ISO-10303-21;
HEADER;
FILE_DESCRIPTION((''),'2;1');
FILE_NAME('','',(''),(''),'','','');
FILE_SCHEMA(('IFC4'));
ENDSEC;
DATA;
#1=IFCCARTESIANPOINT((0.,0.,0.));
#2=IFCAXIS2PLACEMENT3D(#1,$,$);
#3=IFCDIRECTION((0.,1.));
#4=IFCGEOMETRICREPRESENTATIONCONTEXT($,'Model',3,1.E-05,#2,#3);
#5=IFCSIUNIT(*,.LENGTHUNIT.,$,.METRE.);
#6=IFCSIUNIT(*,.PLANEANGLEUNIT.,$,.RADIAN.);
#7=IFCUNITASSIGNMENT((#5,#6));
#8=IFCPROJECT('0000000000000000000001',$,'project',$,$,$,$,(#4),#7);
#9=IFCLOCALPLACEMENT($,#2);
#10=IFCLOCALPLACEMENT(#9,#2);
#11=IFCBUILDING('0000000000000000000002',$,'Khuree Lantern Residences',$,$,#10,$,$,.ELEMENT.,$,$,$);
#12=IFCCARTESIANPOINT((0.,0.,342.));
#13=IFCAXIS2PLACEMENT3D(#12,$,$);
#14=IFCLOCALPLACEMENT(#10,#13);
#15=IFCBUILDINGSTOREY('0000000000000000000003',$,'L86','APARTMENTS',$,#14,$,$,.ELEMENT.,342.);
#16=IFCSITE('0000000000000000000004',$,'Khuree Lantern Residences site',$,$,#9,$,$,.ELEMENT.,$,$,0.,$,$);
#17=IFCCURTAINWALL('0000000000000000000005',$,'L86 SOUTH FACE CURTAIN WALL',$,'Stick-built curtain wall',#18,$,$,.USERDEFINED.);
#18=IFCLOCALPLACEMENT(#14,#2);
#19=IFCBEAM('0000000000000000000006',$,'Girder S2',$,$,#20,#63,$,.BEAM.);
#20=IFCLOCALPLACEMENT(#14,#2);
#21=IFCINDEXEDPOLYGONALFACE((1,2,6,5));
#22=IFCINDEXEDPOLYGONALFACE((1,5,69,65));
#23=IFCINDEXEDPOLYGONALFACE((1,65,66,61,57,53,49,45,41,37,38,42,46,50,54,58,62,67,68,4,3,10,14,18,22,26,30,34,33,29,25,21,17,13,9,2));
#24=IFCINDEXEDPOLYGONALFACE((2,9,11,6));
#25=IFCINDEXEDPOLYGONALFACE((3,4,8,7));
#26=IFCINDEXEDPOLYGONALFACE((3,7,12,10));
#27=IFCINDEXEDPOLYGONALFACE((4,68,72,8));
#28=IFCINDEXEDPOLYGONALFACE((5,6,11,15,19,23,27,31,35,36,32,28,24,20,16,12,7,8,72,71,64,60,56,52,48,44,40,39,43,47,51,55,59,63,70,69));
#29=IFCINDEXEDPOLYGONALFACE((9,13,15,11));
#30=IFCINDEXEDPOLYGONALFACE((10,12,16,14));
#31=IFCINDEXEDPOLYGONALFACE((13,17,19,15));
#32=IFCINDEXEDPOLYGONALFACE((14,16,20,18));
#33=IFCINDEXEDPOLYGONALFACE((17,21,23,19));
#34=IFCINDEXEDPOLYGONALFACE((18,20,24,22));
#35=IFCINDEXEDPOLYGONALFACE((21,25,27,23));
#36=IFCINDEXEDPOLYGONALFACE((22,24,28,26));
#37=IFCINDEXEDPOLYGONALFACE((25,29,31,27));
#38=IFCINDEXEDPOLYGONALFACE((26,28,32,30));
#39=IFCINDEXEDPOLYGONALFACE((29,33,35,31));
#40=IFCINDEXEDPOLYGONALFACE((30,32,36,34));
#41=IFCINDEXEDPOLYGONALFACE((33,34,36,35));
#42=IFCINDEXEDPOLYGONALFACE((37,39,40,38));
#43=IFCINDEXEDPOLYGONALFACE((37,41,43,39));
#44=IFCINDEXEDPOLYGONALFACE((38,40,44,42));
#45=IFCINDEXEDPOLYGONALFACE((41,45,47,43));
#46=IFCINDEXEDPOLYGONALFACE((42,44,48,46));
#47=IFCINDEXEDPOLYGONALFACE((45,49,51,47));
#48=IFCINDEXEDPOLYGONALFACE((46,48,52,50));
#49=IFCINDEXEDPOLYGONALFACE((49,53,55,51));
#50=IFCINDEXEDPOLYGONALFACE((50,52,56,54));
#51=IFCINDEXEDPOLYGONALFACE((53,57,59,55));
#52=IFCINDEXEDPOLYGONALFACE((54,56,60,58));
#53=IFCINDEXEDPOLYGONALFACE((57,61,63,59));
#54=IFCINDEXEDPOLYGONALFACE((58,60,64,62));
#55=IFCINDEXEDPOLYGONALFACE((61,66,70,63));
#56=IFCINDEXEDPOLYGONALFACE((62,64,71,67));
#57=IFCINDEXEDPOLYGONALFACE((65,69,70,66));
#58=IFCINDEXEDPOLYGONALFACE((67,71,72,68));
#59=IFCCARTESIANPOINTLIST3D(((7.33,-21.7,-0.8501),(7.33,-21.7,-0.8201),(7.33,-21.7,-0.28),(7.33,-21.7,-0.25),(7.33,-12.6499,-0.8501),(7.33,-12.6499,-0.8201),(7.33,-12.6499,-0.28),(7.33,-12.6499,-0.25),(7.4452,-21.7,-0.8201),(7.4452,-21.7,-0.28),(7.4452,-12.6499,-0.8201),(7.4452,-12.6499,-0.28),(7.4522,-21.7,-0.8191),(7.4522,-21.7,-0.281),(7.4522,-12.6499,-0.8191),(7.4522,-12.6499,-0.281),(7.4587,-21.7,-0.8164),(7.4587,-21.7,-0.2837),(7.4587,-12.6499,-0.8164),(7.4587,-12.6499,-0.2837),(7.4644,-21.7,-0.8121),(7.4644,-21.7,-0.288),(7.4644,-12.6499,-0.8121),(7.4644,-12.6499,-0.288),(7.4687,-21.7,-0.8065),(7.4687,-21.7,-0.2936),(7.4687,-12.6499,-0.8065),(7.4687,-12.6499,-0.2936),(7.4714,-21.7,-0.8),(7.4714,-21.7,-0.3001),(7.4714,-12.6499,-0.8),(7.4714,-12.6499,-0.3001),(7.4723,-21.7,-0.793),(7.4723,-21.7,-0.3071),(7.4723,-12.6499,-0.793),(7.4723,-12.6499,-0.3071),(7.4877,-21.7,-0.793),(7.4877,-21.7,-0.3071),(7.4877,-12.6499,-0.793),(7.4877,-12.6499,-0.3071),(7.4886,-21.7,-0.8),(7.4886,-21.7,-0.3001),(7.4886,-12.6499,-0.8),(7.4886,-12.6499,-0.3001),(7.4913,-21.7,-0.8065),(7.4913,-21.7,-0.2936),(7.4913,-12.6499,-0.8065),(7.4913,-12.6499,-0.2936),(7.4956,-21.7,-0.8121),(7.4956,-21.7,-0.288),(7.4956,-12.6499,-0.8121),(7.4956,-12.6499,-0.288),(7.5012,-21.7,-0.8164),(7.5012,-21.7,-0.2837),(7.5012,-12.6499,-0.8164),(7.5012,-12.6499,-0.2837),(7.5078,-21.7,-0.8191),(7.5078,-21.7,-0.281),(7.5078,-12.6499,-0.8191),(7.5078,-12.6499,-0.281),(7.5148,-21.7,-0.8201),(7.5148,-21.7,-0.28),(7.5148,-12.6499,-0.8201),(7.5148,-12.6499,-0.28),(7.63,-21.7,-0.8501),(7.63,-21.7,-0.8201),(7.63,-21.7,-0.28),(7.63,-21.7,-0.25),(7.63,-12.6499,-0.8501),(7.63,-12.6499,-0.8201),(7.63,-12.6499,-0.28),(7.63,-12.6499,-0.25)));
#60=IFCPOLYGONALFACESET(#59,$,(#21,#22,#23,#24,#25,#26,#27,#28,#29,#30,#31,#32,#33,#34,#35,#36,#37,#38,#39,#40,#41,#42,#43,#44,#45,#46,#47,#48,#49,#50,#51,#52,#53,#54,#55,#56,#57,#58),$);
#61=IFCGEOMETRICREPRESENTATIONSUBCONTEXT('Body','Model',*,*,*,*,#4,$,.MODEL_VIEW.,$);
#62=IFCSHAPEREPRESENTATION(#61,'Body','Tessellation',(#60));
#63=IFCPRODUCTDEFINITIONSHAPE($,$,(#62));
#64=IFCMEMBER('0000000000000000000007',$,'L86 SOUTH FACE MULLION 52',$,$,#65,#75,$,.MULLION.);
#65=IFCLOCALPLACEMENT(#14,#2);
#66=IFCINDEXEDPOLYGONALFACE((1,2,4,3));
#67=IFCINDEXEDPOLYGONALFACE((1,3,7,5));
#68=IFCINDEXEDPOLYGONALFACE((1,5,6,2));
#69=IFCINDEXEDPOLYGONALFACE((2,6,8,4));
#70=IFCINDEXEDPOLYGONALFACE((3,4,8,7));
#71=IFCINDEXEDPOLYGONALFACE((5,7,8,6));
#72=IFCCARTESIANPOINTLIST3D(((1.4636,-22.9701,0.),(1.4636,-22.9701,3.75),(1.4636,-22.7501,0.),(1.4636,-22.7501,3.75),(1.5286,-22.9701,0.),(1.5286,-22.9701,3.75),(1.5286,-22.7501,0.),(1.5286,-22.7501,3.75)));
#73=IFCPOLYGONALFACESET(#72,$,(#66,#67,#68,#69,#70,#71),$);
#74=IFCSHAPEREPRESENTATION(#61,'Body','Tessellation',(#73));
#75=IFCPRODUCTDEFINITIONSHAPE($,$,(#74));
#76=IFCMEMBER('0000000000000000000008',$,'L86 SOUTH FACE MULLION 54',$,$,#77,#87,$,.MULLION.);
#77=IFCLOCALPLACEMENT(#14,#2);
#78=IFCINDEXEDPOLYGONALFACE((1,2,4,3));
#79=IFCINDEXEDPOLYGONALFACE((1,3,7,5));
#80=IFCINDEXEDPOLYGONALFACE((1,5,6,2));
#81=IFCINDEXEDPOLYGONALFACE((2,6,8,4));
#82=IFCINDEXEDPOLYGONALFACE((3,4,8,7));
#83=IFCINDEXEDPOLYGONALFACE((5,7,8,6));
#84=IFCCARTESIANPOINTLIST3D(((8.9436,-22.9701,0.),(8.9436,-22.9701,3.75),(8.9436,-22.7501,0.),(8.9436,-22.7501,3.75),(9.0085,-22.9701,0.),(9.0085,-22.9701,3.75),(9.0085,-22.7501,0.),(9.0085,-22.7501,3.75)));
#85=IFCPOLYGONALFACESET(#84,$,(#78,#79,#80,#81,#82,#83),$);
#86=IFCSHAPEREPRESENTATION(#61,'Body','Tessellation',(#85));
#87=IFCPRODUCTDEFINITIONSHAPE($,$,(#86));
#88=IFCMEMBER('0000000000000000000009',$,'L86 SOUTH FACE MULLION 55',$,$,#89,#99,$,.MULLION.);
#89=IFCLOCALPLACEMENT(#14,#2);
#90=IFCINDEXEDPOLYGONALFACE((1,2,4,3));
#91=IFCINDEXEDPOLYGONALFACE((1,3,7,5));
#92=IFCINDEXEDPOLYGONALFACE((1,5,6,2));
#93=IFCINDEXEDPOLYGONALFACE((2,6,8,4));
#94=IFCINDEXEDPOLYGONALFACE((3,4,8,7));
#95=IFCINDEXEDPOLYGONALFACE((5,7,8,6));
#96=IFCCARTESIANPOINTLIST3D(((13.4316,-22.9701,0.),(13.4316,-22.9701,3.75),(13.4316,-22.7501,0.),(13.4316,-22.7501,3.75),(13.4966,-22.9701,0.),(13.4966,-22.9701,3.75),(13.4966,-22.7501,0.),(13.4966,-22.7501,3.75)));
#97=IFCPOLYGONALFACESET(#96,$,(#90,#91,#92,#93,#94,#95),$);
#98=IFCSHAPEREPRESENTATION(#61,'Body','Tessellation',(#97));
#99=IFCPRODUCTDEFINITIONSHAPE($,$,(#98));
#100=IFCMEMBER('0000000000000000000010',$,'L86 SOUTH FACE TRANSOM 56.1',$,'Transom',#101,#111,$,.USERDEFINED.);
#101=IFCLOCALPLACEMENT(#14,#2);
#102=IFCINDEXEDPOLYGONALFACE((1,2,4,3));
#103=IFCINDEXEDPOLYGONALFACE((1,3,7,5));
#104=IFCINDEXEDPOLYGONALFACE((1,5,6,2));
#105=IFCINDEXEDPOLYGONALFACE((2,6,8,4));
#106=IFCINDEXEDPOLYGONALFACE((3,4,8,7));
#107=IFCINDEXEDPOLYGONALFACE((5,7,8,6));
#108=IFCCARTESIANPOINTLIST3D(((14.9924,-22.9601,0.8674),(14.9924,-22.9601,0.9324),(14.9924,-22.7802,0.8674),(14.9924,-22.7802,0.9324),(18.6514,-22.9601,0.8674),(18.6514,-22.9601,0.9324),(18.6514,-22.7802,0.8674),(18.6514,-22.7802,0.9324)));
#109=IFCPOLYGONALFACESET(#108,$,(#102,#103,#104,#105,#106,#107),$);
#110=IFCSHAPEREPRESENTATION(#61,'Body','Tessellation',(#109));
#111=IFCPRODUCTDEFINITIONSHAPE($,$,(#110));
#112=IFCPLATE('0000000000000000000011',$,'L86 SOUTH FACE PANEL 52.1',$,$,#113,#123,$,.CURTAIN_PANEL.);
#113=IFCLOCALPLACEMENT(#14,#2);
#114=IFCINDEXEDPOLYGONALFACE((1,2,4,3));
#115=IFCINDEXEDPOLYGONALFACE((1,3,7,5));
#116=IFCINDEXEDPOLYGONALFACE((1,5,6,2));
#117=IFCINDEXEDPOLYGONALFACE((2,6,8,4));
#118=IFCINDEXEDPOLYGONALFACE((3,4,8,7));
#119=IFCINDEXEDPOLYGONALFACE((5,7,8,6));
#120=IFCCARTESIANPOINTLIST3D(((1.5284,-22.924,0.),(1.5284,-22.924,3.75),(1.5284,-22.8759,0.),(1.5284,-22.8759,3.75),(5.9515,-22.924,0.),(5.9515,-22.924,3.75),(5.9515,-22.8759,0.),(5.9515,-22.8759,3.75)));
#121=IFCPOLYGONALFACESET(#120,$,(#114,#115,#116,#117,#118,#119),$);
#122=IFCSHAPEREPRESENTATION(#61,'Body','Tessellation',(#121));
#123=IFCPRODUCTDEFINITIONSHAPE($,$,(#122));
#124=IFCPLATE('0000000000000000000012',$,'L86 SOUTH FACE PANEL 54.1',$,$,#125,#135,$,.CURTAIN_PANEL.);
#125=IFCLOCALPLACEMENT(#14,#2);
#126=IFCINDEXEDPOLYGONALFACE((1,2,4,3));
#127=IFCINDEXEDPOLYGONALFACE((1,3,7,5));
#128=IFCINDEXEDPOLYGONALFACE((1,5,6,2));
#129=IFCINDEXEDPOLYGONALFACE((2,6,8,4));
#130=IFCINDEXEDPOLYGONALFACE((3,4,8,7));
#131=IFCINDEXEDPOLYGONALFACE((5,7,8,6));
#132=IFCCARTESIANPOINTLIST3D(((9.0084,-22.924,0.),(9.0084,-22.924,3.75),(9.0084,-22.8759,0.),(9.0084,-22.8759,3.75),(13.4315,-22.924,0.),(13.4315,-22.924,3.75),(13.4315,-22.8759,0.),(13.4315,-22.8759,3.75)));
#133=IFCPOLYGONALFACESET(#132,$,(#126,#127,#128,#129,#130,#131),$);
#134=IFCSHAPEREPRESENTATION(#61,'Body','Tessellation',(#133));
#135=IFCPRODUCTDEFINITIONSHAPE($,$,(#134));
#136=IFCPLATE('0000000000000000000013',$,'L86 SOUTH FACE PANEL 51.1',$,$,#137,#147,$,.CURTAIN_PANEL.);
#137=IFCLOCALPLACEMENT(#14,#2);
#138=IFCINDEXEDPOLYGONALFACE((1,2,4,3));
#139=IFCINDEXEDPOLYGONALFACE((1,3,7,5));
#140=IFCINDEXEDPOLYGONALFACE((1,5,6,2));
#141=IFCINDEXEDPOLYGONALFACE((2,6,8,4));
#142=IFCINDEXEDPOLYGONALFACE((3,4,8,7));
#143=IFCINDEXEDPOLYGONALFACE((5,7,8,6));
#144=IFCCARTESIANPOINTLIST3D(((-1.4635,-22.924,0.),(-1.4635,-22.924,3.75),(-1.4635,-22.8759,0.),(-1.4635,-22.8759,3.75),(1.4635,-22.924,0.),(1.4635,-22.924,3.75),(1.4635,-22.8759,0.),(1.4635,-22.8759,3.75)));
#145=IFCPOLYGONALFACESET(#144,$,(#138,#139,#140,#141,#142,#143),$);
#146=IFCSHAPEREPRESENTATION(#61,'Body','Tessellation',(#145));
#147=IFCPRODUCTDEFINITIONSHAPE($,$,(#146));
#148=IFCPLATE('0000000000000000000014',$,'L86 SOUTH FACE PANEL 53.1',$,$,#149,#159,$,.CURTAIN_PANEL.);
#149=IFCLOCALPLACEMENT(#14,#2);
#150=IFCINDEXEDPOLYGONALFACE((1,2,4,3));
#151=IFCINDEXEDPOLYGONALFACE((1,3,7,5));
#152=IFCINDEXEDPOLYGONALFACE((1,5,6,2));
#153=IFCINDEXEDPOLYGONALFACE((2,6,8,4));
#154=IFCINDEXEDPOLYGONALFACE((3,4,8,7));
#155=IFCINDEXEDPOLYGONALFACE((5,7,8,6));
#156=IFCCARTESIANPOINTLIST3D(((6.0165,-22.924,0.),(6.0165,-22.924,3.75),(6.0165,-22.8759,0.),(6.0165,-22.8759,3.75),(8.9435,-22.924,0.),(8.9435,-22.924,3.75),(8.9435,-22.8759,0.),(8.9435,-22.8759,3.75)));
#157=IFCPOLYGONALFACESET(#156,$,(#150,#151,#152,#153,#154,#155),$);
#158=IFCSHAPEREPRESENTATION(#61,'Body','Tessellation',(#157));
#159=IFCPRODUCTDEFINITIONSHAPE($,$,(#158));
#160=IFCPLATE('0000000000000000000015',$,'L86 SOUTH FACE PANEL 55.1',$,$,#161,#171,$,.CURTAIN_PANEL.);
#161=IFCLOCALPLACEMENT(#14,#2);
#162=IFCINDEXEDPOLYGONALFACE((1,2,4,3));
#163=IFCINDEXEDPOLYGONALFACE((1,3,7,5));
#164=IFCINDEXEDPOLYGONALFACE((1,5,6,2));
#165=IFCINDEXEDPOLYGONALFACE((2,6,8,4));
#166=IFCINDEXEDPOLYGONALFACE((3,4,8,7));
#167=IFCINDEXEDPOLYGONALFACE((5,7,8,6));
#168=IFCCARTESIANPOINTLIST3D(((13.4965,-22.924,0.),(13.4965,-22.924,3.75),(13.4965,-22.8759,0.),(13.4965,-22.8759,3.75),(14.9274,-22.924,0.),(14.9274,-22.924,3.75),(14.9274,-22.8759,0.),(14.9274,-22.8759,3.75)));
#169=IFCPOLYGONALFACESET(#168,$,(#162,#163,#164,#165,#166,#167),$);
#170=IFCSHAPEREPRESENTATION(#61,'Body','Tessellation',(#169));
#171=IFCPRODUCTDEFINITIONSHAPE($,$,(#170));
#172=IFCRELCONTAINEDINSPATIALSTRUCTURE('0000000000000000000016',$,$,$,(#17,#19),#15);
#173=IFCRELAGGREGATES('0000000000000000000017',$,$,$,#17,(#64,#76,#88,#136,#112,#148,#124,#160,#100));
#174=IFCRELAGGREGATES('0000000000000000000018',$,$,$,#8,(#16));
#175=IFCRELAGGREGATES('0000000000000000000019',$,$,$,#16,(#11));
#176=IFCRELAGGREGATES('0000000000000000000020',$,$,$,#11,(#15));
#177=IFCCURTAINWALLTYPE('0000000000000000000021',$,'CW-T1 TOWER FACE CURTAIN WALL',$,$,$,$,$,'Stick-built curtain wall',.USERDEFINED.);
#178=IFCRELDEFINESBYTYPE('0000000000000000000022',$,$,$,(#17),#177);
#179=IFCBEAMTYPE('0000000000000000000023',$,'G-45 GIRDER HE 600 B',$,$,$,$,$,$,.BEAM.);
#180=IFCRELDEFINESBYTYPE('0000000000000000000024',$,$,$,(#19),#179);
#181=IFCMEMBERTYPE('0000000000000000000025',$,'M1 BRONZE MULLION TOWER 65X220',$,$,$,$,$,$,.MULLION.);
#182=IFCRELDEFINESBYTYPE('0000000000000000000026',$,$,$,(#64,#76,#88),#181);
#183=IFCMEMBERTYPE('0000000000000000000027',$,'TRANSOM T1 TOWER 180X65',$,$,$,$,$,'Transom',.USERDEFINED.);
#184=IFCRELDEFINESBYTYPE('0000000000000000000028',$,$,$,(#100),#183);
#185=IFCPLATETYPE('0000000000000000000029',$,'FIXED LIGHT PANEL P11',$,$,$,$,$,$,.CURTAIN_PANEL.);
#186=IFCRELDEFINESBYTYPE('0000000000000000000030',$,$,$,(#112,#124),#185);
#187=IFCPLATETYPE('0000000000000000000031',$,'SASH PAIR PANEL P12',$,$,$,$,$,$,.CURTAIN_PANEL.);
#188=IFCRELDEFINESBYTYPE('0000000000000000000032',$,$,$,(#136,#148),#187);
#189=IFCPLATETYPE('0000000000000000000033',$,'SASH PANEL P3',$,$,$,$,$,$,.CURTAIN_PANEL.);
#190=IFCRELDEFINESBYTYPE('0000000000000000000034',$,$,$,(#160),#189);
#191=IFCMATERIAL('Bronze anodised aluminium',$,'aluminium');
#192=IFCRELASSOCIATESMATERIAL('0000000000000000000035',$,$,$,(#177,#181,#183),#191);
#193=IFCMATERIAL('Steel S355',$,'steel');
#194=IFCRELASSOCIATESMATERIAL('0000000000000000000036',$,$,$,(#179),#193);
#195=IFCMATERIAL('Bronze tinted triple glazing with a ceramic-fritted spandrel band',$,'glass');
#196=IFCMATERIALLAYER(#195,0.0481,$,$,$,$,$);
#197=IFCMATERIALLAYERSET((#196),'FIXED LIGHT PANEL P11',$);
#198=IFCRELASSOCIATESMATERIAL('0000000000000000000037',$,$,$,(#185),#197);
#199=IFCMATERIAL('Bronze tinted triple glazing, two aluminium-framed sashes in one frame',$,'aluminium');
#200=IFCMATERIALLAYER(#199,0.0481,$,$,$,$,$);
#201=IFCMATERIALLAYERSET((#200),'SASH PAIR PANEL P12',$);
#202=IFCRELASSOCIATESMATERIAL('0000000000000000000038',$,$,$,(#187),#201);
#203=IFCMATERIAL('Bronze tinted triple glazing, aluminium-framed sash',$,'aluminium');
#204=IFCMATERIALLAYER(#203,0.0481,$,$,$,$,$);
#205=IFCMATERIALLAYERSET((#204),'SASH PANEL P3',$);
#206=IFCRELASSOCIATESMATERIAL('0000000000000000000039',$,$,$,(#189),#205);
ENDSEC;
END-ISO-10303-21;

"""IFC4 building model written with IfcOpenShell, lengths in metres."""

from ifc_helpers import new_model, si_unit, direction, frame, origin, origin_2d, place, context, subcontext, project, spatial, rectangle, i_section, extrude, material, layer, layer_set, material_profile, profile_set, type_object, element, aggregate, save


model = new_model("IFC4")

# Units and contexts
model_context = context("Model", 3, precision=1e-05, world=origin(), true_north=direction((0.0, 1.0)))
body_context = subcontext(model_context, "Body", "Model", "MODEL_VIEW")
ifc_project = project(units=[si_unit("LENGTHUNIT", "METRE"), si_unit("PLANEANGLEUNIT", "RADIAN")], contexts=[model_context])

# Site, building, storey
site_placement = place(None, origin())
site = spatial("IfcSite", under=ifc_project, at=site_placement, Name="Khuree Lantern Residences site", CompositionType="ELEMENT", RefElevation=0.0)
building_placement = place(site_placement, origin())
building = spatial("IfcBuilding", under=site, at=building_placement, Name="Khuree Lantern Residences", CompositionType="ELEMENT")
storey_placement = place(building_placement, frame((0.0, 0.0, 342.0)))
storey = spatial("IfcBuildingStorey", under=building, at=storey_placement, Name="L86", Description="APARTMENTS", CompositionType="ELEMENT", Elevation=342.0)

# Shared definitions
ifc_material_1 = material(Name="Steel S355", Category="steel")

# Curtain wall
ifc_material_2 = material(Name="Bronze anodised aluminium", Category="aluminium")
curtain_wall_type = type_object("IfcCurtainWallType", Name="CW-T1 TOWER FACE CURTAIN WALL", ElementType="Stick-built curtain wall", PredefinedType="USERDEFINED", material=ifc_material_2)
curtain_wall_placement = place(storey_placement, origin())
curtain_wall = element("IfcCurtainWall", 1, at=curtain_wall_placement, inside=storey, type_object=curtain_wall_type, Name="L86 SOUTH FACE CURTAIN WALL", ObjectType="Stick-built curtain wall", PredefinedType="USERDEFINED")

# Beam
ifc_material_profile_1 = material_profile(ifc_material_1, i_section(OverallWidth=0.3, OverallDepth=0.6001, WebThickness=0.0154, FlangeThickness=0.03, FilletRadius=0.0271, at=origin_2d()), Name="HE 600 B")
ifc_profile_set_1 = profile_set([ifc_material_profile_1], Name="Steel S355")
beam_type_1 = type_object("IfcBeamType", Name="G-45 GIRDER HE 600 B", PredefinedType="BEAM", material=ifc_profile_set_1)
for number, where, z_axis, x_axis, name in (
    (2, (7.48, -21.7, -0.55), (0.0, 1.0, 0.0), (-1.0, 0.0, 0.0), "Girder S2"),
):
    element("IfcBeam", number, at=place(storey_placement, frame(where, z_axis=z_axis, x_axis=x_axis)), inside=storey, type_object=beam_type_1, Name=name, PredefinedType="BEAM", context=body_context, shape_type="SweptSolid", body=[
        extrude(i_section(OverallWidth=0.3, OverallDepth=0.6001, WebThickness=0.0154, FlangeThickness=0.03, FilletRadius=0.0271, at=origin_2d()), origin(), (0.0, 0.0, 1.0), 9.05),
    ])

# Members
ifc_material_profile_2 = material_profile(ifc_material_2, rectangle(XDim=0.0649, YDim=0.22, at=origin_2d()), Name="M1 65X220")
ifc_profile_set_2 = profile_set([ifc_material_profile_2], Name="Bronze anodised aluminium")
member_type_1 = type_object("IfcMemberType", Name="M1 BRONZE MULLION TOWER 65X220", PredefinedType="MULLION", material=ifc_profile_set_2)
member_1_placement = place(storey_placement, frame((1.4961, -22.8601, 0.0), z_axis=(0.0, 0.0, 1.0), x_axis=(1.0, 0.0, 0.0)))
member_1 = element("IfcMember", 3, at=member_1_placement, type_object=member_type_1, Name="L86 SOUTH FACE MULLION 52", PredefinedType="MULLION", context=body_context, shape_type="SweptSolid", body=[
    extrude(rectangle(XDim=0.0649, YDim=0.22, at=origin_2d()), origin(), (0.0, 0.0, 1.0), 3.75),
])
member_2_placement = place(storey_placement, frame((8.9761, -22.8601, 0.0), z_axis=(0.0, 0.0, 1.0), x_axis=(1.0, 0.0, 0.0)))
member_2 = element("IfcMember", 4, at=member_2_placement, type_object=member_type_1, Name="L86 SOUTH FACE MULLION 54", PredefinedType="MULLION", context=body_context, shape_type="SweptSolid", body=[
    extrude(rectangle(XDim=0.0649, YDim=0.22, at=origin_2d()), origin(), (0.0, 0.0, 1.0), 3.75),
])
member_3_placement = place(storey_placement, frame((13.4641, -22.8601, 0.0), z_axis=(0.0, 0.0, 1.0), x_axis=(1.0, 0.0, 0.0)))
member_3 = element("IfcMember", 5, at=member_3_placement, type_object=member_type_1, Name="L86 SOUTH FACE MULLION 55", PredefinedType="MULLION", context=body_context, shape_type="SweptSolid", body=[
    extrude(rectangle(XDim=0.0649, YDim=0.22, at=origin_2d()), origin(), (0.0, 0.0, 1.0), 3.75),
])
ifc_material_profile_3 = material_profile(ifc_material_2, rectangle(XDim=0.1799, YDim=0.0649, at=origin_2d()), Name="T1 180X65")
ifc_profile_set_3 = profile_set([ifc_material_profile_3], Name="Bronze anodised aluminium")
member_type_2 = type_object("IfcMemberType", Name="TRANSOM T1 TOWER 180X65", ElementType="Transom", PredefinedType="USERDEFINED", material=ifc_profile_set_3)
member_4_placement = place(storey_placement, frame((14.9924, -22.8701, 0.8999), z_axis=(1.0, 0.0, 0.0), x_axis=(0.0, 1.0, 0.0)))
member_4 = element("IfcMember", 6, at=member_4_placement, type_object=member_type_2, Name="L86 SOUTH FACE TRANSOM 56.1", ObjectType="Transom", PredefinedType="USERDEFINED", context=body_context, shape_type="SweptSolid", body=[
    extrude(rectangle(XDim=0.1799, YDim=0.0649, at=origin_2d()), origin(), (0.0, 0.0, 1.0), 3.6589),
])

# Plates
ifc_material_3 = material(Name="Bronze tinted triple glazing with a ceramic-fritted spandrel band", Category="glass")
ifc_layer_1 = layer(ifc_material_3, 0.0481)
ifc_layer_set_1 = layer_set([ifc_layer_1], Name="FIXED LIGHT PANEL P11")
plate_type_1 = type_object("IfcPlateType", Name="FIXED LIGHT PANEL P11", PredefinedType="CURTAIN_PANEL", material=ifc_layer_set_1)
plate_1_placement = place(storey_placement, frame((3.74, -22.8999, 0.0), z_axis=(0.0, 0.0, 1.0), x_axis=(1.0, 0.0, 0.0)))
plate_1 = element("IfcPlate", 7, at=plate_1_placement, type_object=plate_type_1, Name="L86 SOUTH FACE PANEL 52.1", PredefinedType="CURTAIN_PANEL", context=body_context, shape_type="SweptSolid", body=[
    extrude(rectangle(XDim=4.4231, YDim=0.0481, at=origin_2d()), origin(), (0.0, 0.0, 1.0), 3.75),
])
plate_2_placement = place(storey_placement, frame((11.22, -22.8999, 0.0), z_axis=(0.0, 0.0, 1.0), x_axis=(1.0, 0.0, 0.0)))
plate_2 = element("IfcPlate", 8, at=plate_2_placement, type_object=plate_type_1, Name="L86 SOUTH FACE PANEL 54.1", PredefinedType="CURTAIN_PANEL", context=body_context, shape_type="SweptSolid", body=[
    extrude(rectangle(XDim=4.4231, YDim=0.0481, at=origin_2d()), origin(), (0.0, 0.0, 1.0), 3.75),
])
ifc_material_4 = material(Name="Bronze tinted triple glazing, two aluminium-framed sashes in one frame", Category="aluminium")
ifc_layer_2 = layer(ifc_material_4, 0.0481)
ifc_layer_set_2 = layer_set([ifc_layer_2], Name="SASH PAIR PANEL P12")
plate_type_2 = type_object("IfcPlateType", Name="SASH PAIR PANEL P12", PredefinedType="CURTAIN_PANEL", material=ifc_layer_set_2)
plate_3_placement = place(storey_placement, frame((0.0, -22.8999, 0.0), z_axis=(0.0, 0.0, 1.0), x_axis=(1.0, 0.0, 0.0)))
plate_3 = element("IfcPlate", 9, at=plate_3_placement, type_object=plate_type_2, Name="L86 SOUTH FACE PANEL 51.1", PredefinedType="CURTAIN_PANEL", context=body_context, shape_type="SweptSolid", body=[
    extrude(rectangle(XDim=2.927, YDim=0.0481, at=origin_2d()), origin(), (0.0, 0.0, 1.0), 3.75),
])
plate_4_placement = place(storey_placement, frame((7.48, -22.8999, 0.0), z_axis=(0.0, 0.0, 1.0), x_axis=(1.0, 0.0, 0.0)))
plate_4 = element("IfcPlate", 10, at=plate_4_placement, type_object=plate_type_2, Name="L86 SOUTH FACE PANEL 53.1", PredefinedType="CURTAIN_PANEL", context=body_context, shape_type="SweptSolid", body=[
    extrude(rectangle(XDim=2.927, YDim=0.0481, at=origin_2d()), origin(), (0.0, 0.0, 1.0), 3.75),
])
ifc_material_5 = material(Name="Bronze tinted triple glazing, aluminium-framed sash", Category="aluminium")
ifc_layer_3 = layer(ifc_material_5, 0.0481)
ifc_layer_set_3 = layer_set([ifc_layer_3], Name="SASH PANEL P3")
plate_type_3 = type_object("IfcPlateType", Name="SASH PANEL P3", PredefinedType="CURTAIN_PANEL", material=ifc_layer_set_3)
plate_5_placement = place(storey_placement, frame((14.2119, -22.8999, 0.0), z_axis=(0.0, 0.0, 1.0), x_axis=(1.0, 0.0, 0.0)))
plate_5 = element("IfcPlate", 11, at=plate_5_placement, type_object=plate_type_3, Name="L86 SOUTH FACE PANEL 55.1", PredefinedType="CURTAIN_PANEL", context=body_context, shape_type="SweptSolid", body=[
    extrude(rectangle(XDim=1.4309, YDim=0.0481, at=origin_2d()), origin(), (0.0, 0.0, 1.0), 3.75),
])
aggregate(curtain_wall, [member_1, member_2, member_3, plate_3, plate_1, plate_4, plate_2, plate_5, member_4])

save(model, "model.ifc")
